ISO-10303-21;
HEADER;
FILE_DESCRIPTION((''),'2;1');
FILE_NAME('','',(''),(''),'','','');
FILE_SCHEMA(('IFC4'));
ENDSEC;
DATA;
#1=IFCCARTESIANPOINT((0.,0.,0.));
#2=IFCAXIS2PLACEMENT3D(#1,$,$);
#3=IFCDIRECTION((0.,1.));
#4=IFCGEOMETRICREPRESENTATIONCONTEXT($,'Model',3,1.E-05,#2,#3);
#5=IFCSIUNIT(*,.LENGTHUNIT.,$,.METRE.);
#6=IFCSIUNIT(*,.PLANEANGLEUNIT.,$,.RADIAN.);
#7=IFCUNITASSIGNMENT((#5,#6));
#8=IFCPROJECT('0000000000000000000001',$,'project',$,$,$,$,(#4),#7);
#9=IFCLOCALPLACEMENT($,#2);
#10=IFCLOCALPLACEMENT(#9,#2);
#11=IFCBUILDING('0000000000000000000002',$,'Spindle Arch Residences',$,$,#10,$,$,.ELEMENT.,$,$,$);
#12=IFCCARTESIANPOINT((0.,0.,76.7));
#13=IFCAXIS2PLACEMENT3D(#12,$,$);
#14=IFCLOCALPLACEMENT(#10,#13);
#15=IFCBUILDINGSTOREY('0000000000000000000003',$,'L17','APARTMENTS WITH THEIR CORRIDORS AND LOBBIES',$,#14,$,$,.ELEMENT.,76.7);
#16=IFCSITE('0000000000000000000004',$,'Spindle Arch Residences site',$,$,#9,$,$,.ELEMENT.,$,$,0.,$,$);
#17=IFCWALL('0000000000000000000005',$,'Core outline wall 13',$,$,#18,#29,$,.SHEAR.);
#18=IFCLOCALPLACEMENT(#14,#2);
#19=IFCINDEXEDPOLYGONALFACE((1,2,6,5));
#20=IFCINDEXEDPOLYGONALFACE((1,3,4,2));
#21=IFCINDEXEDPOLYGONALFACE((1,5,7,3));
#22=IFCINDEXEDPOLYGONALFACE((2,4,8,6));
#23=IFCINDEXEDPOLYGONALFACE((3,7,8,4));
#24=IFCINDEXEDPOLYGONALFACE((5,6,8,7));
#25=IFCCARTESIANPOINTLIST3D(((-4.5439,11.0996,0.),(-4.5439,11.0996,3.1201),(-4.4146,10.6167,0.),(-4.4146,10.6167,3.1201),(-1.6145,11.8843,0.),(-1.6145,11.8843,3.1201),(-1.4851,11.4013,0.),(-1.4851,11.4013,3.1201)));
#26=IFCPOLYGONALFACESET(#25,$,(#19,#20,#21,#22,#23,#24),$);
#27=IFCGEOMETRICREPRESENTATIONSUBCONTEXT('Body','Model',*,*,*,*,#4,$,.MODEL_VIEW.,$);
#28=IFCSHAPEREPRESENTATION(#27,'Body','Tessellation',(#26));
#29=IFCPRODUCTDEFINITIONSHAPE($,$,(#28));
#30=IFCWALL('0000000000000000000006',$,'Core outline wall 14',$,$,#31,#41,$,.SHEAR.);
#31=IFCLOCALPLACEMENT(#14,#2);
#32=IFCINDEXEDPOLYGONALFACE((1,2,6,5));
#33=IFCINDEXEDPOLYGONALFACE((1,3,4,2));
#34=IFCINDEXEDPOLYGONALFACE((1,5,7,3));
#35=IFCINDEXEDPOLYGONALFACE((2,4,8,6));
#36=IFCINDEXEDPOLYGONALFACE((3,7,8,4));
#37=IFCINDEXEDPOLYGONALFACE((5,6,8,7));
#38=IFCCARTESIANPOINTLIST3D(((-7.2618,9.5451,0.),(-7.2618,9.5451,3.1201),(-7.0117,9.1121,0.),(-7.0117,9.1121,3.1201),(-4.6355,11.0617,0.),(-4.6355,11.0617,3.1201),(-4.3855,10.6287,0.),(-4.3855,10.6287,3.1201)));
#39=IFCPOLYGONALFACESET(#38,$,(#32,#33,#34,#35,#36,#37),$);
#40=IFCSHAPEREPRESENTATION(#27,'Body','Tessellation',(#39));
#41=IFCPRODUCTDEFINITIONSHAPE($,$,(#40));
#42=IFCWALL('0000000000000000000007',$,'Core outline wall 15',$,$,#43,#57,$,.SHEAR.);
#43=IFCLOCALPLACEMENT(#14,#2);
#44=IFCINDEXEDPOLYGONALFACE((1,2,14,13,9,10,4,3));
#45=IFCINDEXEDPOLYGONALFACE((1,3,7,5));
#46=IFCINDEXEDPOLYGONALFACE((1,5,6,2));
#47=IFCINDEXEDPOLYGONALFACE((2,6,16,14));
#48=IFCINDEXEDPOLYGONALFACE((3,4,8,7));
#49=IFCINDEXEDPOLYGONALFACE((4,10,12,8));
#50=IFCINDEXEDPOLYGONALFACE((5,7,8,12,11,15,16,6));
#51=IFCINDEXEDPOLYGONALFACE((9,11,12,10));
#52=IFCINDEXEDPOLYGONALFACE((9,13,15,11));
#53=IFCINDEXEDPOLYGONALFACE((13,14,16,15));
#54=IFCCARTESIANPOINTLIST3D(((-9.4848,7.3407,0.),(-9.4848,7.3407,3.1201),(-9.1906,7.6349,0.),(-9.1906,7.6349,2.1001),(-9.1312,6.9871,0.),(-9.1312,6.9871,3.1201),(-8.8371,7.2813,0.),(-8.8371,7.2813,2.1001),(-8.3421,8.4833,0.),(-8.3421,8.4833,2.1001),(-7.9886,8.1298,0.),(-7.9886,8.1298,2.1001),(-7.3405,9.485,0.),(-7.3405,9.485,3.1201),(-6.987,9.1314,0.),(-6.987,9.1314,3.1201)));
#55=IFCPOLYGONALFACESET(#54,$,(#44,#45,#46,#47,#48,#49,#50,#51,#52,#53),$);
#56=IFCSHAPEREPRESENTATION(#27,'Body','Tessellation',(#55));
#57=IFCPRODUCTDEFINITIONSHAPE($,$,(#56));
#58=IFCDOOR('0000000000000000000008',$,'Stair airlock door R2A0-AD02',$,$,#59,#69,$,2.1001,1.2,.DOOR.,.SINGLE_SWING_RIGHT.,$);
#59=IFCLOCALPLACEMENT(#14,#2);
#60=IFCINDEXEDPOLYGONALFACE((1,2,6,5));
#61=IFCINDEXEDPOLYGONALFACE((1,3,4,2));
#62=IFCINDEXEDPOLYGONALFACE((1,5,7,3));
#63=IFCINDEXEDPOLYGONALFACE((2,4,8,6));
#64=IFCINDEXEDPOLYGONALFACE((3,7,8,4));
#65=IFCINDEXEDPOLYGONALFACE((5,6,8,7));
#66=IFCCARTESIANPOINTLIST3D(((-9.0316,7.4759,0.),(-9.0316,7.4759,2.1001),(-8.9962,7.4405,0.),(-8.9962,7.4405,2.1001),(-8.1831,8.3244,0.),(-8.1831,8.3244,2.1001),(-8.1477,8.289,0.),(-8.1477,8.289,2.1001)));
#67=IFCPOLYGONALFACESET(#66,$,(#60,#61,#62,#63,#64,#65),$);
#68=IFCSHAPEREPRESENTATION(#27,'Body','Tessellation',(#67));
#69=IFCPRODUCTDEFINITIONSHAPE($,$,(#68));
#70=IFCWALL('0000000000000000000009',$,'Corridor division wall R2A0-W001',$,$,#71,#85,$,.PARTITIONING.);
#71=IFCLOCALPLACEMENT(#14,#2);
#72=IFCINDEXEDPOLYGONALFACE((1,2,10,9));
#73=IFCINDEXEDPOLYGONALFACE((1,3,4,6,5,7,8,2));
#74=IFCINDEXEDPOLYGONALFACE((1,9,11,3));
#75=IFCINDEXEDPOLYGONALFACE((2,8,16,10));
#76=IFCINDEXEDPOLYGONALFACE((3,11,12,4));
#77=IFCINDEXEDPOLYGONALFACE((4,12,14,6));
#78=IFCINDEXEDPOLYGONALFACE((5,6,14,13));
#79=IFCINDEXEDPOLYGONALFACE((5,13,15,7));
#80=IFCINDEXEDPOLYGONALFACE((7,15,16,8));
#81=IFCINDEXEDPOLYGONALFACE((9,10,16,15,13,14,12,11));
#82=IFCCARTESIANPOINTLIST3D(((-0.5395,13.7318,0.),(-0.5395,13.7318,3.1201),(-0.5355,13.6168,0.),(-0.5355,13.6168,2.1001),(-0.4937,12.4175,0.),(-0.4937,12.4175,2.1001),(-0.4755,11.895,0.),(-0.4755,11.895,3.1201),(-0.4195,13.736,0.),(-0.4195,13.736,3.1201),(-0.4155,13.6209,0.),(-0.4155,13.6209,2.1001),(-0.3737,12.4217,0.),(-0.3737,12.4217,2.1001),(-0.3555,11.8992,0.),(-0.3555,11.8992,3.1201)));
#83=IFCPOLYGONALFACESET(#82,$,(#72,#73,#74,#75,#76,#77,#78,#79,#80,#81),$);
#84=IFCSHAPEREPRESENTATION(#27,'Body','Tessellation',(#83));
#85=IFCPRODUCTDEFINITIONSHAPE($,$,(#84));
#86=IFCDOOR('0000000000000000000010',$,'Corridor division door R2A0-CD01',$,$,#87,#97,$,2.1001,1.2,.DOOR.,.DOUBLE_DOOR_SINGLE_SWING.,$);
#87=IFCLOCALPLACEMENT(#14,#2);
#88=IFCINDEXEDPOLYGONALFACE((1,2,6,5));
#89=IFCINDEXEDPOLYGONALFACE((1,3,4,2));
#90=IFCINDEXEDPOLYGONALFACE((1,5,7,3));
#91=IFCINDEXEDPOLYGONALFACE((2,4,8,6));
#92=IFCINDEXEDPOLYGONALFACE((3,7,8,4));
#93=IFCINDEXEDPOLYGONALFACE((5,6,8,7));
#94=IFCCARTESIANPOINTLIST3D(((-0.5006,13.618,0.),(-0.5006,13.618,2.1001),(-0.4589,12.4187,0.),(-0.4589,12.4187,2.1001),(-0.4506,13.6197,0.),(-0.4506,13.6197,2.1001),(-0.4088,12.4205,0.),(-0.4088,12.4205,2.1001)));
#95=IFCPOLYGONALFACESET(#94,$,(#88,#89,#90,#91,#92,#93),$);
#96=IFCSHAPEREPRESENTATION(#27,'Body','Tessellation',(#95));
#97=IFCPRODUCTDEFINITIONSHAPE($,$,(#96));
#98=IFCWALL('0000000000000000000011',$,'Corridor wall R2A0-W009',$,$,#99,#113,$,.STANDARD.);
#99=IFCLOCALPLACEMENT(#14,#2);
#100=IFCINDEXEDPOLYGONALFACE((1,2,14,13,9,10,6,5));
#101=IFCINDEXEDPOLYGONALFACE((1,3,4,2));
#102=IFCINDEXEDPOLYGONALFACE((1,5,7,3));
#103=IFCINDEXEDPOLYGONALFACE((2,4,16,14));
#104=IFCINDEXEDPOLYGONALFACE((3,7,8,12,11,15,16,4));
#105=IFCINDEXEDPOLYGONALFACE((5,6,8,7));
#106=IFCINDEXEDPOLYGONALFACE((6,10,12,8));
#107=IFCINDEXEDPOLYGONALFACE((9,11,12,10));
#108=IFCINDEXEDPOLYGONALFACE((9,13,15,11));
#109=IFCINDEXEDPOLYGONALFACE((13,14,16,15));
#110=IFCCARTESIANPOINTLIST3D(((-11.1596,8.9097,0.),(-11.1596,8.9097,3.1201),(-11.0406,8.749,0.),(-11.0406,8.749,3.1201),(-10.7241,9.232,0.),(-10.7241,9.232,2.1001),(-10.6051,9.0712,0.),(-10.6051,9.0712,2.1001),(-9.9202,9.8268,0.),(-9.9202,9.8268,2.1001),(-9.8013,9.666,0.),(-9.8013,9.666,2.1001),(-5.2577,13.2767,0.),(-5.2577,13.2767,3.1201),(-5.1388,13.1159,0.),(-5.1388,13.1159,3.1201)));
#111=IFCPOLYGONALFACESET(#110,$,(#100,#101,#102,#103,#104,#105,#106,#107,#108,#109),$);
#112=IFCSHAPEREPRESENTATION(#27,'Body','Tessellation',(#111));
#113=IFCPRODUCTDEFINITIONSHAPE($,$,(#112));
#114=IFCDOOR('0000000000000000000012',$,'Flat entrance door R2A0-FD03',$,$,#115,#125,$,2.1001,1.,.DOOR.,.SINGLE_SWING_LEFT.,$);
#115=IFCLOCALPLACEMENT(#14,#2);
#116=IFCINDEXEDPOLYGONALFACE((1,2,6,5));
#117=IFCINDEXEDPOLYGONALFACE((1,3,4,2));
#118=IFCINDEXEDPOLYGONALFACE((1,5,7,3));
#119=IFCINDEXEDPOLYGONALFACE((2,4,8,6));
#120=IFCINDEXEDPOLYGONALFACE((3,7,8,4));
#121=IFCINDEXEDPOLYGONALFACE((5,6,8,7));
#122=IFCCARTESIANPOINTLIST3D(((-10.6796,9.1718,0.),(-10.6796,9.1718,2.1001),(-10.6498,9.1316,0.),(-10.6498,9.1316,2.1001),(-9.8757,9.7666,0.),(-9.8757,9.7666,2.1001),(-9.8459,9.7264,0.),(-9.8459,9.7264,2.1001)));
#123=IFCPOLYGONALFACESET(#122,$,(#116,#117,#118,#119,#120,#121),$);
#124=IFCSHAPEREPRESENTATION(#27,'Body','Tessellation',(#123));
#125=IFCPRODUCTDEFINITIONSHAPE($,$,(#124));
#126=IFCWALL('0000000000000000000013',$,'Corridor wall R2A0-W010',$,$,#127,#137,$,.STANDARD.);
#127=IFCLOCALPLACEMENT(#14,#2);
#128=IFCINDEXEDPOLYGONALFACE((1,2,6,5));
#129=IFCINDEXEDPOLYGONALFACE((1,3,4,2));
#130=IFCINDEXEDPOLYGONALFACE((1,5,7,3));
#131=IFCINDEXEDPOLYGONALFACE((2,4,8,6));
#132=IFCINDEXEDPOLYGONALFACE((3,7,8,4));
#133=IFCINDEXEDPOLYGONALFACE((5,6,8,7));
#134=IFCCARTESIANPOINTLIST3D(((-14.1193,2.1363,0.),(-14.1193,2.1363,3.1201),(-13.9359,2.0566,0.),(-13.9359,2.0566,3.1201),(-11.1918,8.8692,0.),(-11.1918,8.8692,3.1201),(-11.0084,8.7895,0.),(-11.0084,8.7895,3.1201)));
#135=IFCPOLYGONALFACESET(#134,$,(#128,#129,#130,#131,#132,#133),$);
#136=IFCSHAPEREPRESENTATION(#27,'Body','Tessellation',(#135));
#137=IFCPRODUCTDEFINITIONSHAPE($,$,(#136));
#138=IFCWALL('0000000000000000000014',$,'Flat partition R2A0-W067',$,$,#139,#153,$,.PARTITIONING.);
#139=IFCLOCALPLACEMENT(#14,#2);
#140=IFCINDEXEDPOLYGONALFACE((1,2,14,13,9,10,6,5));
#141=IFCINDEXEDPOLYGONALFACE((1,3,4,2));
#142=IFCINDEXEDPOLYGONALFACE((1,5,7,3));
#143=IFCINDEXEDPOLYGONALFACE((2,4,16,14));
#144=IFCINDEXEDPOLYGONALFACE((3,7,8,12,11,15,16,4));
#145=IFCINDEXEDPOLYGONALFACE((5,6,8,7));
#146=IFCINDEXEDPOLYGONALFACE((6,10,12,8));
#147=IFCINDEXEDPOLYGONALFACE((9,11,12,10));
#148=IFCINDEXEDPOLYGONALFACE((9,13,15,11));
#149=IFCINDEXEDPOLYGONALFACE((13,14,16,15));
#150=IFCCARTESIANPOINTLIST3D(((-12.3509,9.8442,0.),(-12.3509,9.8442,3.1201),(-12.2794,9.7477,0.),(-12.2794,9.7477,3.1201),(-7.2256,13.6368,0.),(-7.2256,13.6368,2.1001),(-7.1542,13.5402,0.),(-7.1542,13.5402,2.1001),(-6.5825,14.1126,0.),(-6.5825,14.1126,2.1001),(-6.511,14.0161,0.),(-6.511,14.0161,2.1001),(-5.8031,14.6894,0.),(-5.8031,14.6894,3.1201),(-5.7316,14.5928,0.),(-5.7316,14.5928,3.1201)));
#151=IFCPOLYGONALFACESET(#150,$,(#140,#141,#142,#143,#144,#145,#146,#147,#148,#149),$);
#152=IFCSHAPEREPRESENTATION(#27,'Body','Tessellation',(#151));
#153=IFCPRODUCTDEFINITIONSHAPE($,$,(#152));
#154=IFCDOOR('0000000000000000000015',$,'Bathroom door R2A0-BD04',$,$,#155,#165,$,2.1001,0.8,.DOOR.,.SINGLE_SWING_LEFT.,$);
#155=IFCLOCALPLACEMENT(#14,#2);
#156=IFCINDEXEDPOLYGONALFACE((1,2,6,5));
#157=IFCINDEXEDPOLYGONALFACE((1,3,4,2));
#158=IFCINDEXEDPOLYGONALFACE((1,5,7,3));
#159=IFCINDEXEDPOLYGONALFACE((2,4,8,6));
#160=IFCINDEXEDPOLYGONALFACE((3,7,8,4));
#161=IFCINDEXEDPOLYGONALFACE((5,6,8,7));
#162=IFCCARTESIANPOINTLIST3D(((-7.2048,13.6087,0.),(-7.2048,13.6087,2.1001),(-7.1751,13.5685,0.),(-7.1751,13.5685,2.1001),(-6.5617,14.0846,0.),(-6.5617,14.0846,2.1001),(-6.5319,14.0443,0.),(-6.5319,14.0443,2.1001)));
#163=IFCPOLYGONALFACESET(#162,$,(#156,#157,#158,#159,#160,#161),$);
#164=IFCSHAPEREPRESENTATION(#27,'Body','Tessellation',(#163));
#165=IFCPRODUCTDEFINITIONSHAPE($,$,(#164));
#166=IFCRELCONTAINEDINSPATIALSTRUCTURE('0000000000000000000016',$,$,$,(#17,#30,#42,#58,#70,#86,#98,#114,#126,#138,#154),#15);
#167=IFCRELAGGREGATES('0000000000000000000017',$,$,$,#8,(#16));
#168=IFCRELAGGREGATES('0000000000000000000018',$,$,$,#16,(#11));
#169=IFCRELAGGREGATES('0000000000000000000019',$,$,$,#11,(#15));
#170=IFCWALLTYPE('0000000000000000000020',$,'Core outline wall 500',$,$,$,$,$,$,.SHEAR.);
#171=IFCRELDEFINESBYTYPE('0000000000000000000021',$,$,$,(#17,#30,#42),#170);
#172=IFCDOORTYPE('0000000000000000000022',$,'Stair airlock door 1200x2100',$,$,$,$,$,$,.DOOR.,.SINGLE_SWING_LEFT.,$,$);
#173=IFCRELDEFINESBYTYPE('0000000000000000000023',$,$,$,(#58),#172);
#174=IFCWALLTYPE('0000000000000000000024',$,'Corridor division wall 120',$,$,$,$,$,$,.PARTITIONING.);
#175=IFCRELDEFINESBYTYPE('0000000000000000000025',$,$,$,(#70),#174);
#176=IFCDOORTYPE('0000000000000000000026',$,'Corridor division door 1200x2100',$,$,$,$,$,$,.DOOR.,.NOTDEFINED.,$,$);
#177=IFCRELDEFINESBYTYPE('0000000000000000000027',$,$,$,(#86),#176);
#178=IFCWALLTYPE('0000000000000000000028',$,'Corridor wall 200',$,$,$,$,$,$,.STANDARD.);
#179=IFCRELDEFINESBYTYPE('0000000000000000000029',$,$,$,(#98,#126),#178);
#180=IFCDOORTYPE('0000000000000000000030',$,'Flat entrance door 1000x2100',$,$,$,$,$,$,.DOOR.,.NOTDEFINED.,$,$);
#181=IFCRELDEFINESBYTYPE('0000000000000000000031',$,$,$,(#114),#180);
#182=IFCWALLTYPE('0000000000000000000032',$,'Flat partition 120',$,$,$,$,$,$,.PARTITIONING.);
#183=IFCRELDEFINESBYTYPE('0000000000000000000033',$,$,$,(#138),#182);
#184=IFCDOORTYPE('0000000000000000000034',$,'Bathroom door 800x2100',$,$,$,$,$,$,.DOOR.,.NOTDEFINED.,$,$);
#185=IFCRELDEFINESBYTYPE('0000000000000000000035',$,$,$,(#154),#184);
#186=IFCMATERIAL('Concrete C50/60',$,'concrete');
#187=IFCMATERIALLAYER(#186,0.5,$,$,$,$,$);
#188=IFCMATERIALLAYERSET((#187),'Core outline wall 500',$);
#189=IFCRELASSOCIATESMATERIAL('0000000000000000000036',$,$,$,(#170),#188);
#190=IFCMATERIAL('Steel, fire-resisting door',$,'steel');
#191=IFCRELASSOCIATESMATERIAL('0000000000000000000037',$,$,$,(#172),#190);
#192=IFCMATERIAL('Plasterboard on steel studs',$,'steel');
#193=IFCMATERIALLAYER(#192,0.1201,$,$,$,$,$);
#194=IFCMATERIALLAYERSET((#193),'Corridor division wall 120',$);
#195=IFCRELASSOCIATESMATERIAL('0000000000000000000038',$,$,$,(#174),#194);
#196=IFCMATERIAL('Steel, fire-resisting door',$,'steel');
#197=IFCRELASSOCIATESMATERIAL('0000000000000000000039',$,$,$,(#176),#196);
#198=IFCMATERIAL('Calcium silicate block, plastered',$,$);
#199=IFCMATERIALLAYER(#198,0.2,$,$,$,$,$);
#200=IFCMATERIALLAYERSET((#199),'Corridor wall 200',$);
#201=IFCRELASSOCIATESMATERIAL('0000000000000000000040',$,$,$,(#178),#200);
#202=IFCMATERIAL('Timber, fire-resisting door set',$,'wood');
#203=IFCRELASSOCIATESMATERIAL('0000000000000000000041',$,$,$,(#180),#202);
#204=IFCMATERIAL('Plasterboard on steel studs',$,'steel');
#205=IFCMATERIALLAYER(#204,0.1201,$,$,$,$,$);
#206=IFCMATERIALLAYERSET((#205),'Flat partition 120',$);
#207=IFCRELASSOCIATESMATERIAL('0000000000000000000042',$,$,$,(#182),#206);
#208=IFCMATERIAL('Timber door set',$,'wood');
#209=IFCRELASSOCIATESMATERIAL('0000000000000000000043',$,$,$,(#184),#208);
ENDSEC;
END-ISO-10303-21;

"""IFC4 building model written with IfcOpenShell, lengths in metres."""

from ifc_helpers import new_model, si_unit, direction, frame, frame_2d, origin, place, context, subcontext, project, spatial, rectangle, extrude, material, layer, layer_set, type_object, element, fill, save


model = new_model("IFC4")

# Units and contexts
model_context = context("Model", 3, precision=1e-05, world=origin(), true_north=direction((0.0, 1.0)))
body_context = subcontext(model_context, "Body", "Model", "MODEL_VIEW")
ifc_project = project(units=[si_unit("LENGTHUNIT", "METRE"), si_unit("PLANEANGLEUNIT", "RADIAN")], contexts=[model_context])

# Site, building, storey
site_placement = place(None, origin())
site = spatial("IfcSite", under=ifc_project, at=site_placement, Name="Spindle Arch Residences site", CompositionType="ELEMENT", RefElevation=0.0)
building_placement = place(site_placement, origin())
building = spatial("IfcBuilding", under=site, at=building_placement, Name="Spindle Arch Residences", CompositionType="ELEMENT")
storey_placement = place(building_placement, frame((0.0, 0.0, 76.7)))
storey = spatial("IfcBuildingStorey", under=building, at=storey_placement, Name="L17", Description="APARTMENTS WITH THEIR CORRIDORS AND LOBBIES", CompositionType="ELEMENT", Elevation=76.7)

# Walls
ifc_material_1 = material(Name="Concrete C50/60", Category="concrete")
ifc_layer_1 = layer(ifc_material_1, 0.5)
ifc_layer_set_1 = layer_set([ifc_layer_1], Name="Core outline wall 500")
wall_type_1 = type_object("IfcWallType", Name="Core outline wall 500", PredefinedType="SHEAR", material=ifc_layer_set_1)
for number, where, z_axis, x_axis, name in (
    (1, (-1.5498, 11.6428, 0.0), (0.0, 0.0, 1.0), (-0.965948, -0.258735, 0.0), "Core outline wall 13"),
    (2, (-4.5105, 10.8452, 0.0), (0.0, 0.0, 1.0), (-0.865975, -0.500087, 0.0), "Core outline wall 14"),
):
    element("IfcWall", number, at=place(storey_placement, frame(where, z_axis=z_axis, x_axis=x_axis)), inside=storey, type_object=wall_type_1, Name=name, PredefinedType="SHEAR", context=body_context, shape_type="SweptSolid", body=[
        extrude(rectangle(XDim=3.0327, YDim=0.5, at=frame_2d((1.5164, 0.0))), origin(), (0.0, 0.0, 1.0), 3.1201),
    ])

# Walls, openings, doors
wall_1_placement = place(storey_placement, frame((-7.1638, 9.3081, 0.0), z_axis=(0.0, 0.0, 1.0), x_axis=(-0.707107, -0.707107, 0.0)))
wall_1 = element("IfcWall", 3, at=wall_1_placement, inside=storey, type_object=wall_type_1, Name="Core outline wall 15", PredefinedType="SHEAR", context=body_context, shape_type="SweptSolid", body=[
    extrude(rectangle(XDim=3.0325, YDim=0.5, at=frame_2d((1.5161, 0.0))), origin(), (0.0, 0.0, 1.0), 3.1201),
])
opening_1_placement = place(wall_1_placement, frame((1.4163, 0.0, 0.0)))
opening_1 = element("IfcOpeningElement", 4, at=opening_1_placement, cuts=wall_1, PredefinedType="OPENING", context=body_context, shape_type="SweptSolid", body=[
    extrude(rectangle(XDim=1.2, YDim=2.1001, at=frame_2d((0.6001, 1.05))), frame((0.0, 0.26, 0.0), z_axis=(0.0, -1.0, 0.0), x_axis=(1.0, 0.0, 0.0)), (0.0, 0.0, 1.0), 0.52),
])
ifc_material_2 = material(Name="Steel, fire-resisting door", Category="steel")
door_type_1 = type_object("IfcDoorType", Name="Stair airlock door 1200x2100", OperationType="SINGLE_SWING_LEFT", PredefinedType="DOOR", material=ifc_material_2)
door_1_placement = place(opening_1_placement, origin())
door_1 = element("IfcDoor", 5, at=door_1_placement, inside=storey, type_object=door_type_1, Name="Stair airlock door R2A0-AD02", OperationType="SINGLE_SWING_RIGHT", OverallHeight=2.1001, OverallWidth=1.2, PredefinedType="DOOR", context=body_context, shape_type="SweptSolid", body=[
    extrude(rectangle(XDim=1.2, YDim=2.1001, at=frame_2d((0.6001, 1.05))), frame((0.0, 0.0249, 0.0), z_axis=(0.0, -1.0, 0.0), x_axis=(1.0, 0.0, 0.0)), (0.0, 0.0, 1.0), 0.05),
])
fill(opening_1, door_1)
ifc_material_3 = material(Name="Plasterboard on steel studs", Category="steel")
ifc_layer_2 = layer(ifc_material_3, 0.1201)
ifc_layer_set_2 = layer_set([ifc_layer_2], Name="Corridor division wall 120")
wall_type_2 = type_object("IfcWallType", Name="Corridor division wall 120", PredefinedType="PARTITIONING", material=ifc_layer_set_2)
wall_2_placement = place(storey_placement, frame((-0.4795, 13.7339, 0.0), z_axis=(0.0, 0.0, 1.0), x_axis=(0.034805, -0.999394, 0.0)))
wall_2 = element("IfcWall", 6, at=wall_2_placement, inside=storey, type_object=wall_type_2, Name="Corridor division wall R2A0-W001", PredefinedType="PARTITIONING", context=body_context, shape_type="SweptSolid", body=[
    extrude(rectangle(XDim=1.8379, YDim=0.1201, at=frame_2d((0.9189, 0.0))), origin(), (0.0, 0.0, 1.0), 3.1201),
])
opening_2_placement = place(wall_2_placement, frame((0.115, 0.0, 0.0)))
opening_2 = element("IfcOpeningElement", 7, at=opening_2_placement, cuts=wall_2, PredefinedType="OPENING", context=body_context, shape_type="SweptSolid", body=[
    extrude(rectangle(XDim=1.2, YDim=2.1001, at=frame_2d((0.6001, 1.05))), frame((0.0, 0.0701, 0.0), z_axis=(0.0, -1.0, 0.0), x_axis=(1.0, 0.0, 0.0)), (0.0, 0.0, 1.0), 0.1401),
])
ifc_material_4 = material(Name="Steel, fire-resisting door", Category="steel")
door_type_2 = type_object("IfcDoorType", Name="Corridor division door 1200x2100", OperationType="NOTDEFINED", PredefinedType="DOOR", material=ifc_material_4)
door_2_placement = place(opening_2_placement, origin())
door_2 = element("IfcDoor", 8, at=door_2_placement, inside=storey, type_object=door_type_2, Name="Corridor division door R2A0-CD01", OperationType="DOUBLE_DOOR_SINGLE_SWING", OverallHeight=2.1001, OverallWidth=1.2, PredefinedType="DOOR", context=body_context, shape_type="SweptSolid", body=[
    extrude(rectangle(XDim=1.2, YDim=2.1001, at=frame_2d((0.6001, 1.05))), frame((0.0, 0.0249, 0.0), z_axis=(0.0, -1.0, 0.0), x_axis=(1.0, 0.0, 0.0)), (0.0, 0.0, 1.0), 0.05),
])
fill(opening_2, door_2)
ifc_material_5 = material(Name="Calcium silicate block, plastered")
ifc_layer_3 = layer(ifc_material_5, 0.2)
ifc_layer_set_3 = layer_set([ifc_layer_3], Name="Corridor wall 200")
wall_type_3 = type_object("IfcWallType", Name="Corridor wall 200", PredefinedType="STANDARD", material=ifc_layer_set_3)
wall_3_placement = place(storey_placement, frame((-5.1982, 13.1963, 0.0), z_axis=(0.0, 0.0, 1.0), x_axis=(-0.80387, -0.594805, 0.0)))
wall_3 = element("IfcWall", 9, at=wall_3_placement, inside=storey, type_object=wall_type_3, Name="Corridor wall R2A0-W009", PredefinedType="STANDARD", context=body_context, shape_type="SweptSolid", body=[
    extrude(rectangle(XDim=7.3418, YDim=0.2, at=frame_2d((3.6709, 0.0))), origin(), (0.0, 0.0, 1.0), 3.1201),
])
opening_3_placement = place(wall_3_placement, frame((5.8, 0.0, 0.0)))
opening_3 = element("IfcOpeningElement", 10, at=opening_3_placement, cuts=wall_3, PredefinedType="OPENING", context=body_context, shape_type="SweptSolid", body=[
    extrude(rectangle(XDim=1.0, YDim=2.1001, at=frame_2d((0.5, 1.05))), frame((0.0, 0.1099, 0.0), z_axis=(0.0, -1.0, 0.0), x_axis=(1.0, 0.0, 0.0)), (0.0, 0.0, 1.0), 0.22),
])
ifc_material_6 = material(Name="Timber, fire-resisting door set", Category="wood")
door_type_3 = type_object("IfcDoorType", Name="Flat entrance door 1000x2100", OperationType="NOTDEFINED", PredefinedType="DOOR", material=ifc_material_6)
door_3_placement = place(opening_3_placement, origin())
door_3 = element("IfcDoor", 11, at=door_3_placement, inside=storey, type_object=door_type_3, Name="Flat entrance door R2A0-FD03", OperationType="SINGLE_SWING_LEFT", OverallHeight=2.1001, OverallWidth=1.0, PredefinedType="DOOR", context=body_context, shape_type="SweptSolid", body=[
    extrude(rectangle(XDim=1.0, YDim=2.1001, at=frame_2d((0.5, 1.05))), frame((0.0, 0.0249, 0.0), z_axis=(0.0, -1.0, 0.0), x_axis=(1.0, 0.0, 0.0)), (0.0, 0.0, 1.0), 0.05),
])
fill(opening_3, door_3)

# Wall
wall_4_placement = place(storey_placement, frame((-11.1001, 8.8293, 0.0), z_axis=(0.0, 0.0, 1.0), x_axis=(-0.398742, -0.917063, 0.0)))
element("IfcWall", 12, at=wall_4_placement, inside=storey, type_object=wall_type_3, Name="Corridor wall R2A0-W010", PredefinedType="STANDARD", context=body_context, shape_type="SweptSolid", body=[
    extrude(rectangle(XDim=7.3418, YDim=0.2, at=frame_2d((3.6709, 0.0))), origin(), (0.0, 0.0, 1.0), 3.1201),
])

# Wall, opening, door
ifc_material_7 = material(Name="Plasterboard on steel studs", Category="steel")
ifc_layer_4 = layer(ifc_material_7, 0.1201)
ifc_layer_set_4 = layer_set([ifc_layer_4], Name="Flat partition 120")
wall_type_4 = type_object("IfcWallType", Name="Flat partition 120", PredefinedType="PARTITIONING", material=ifc_layer_set_4)
wall_5_placement = place(storey_placement, frame((-5.7673, 14.6411, 0.0), z_axis=(0.0, 0.0, 1.0), x_axis=(-0.803853, -0.594828, 0.0)))
wall_5 = element("IfcWall", 13, at=wall_5_placement, inside=storey, type_object=wall_type_4, Name="Flat partition R2A0-W067", PredefinedType="PARTITIONING", context=body_context, shape_type="SweptSolid", body=[
    extrude(rectangle(XDim=8.1455, YDim=0.1201, at=frame_2d((4.0728, 0.0))), origin(), (0.0, 0.0, 1.0), 3.1201),
])
opening_4_placement = place(wall_5_placement, frame((0.9697, 0.0, 0.0)))
opening_4 = element("IfcOpeningElement", 14, at=opening_4_placement, cuts=wall_5, PredefinedType="OPENING", context=body_context, shape_type="SweptSolid", body=[
    extrude(rectangle(XDim=0.8, YDim=2.1001, at=frame_2d((0.3999, 1.05))), frame((0.0, 0.0701, 0.0), z_axis=(0.0, -1.0, 0.0), x_axis=(1.0, 0.0, 0.0)), (0.0, 0.0, 1.0), 0.1401),
])
ifc_material_8 = material(Name="Timber door set", Category="wood")
door_type_4 = type_object("IfcDoorType", Name="Bathroom door 800x2100", OperationType="NOTDEFINED", PredefinedType="DOOR", material=ifc_material_8)
door_4_placement = place(opening_4_placement, origin())
door_4 = element("IfcDoor", 15, at=door_4_placement, inside=storey, type_object=door_type_4, Name="Bathroom door R2A0-BD04", OperationType="SINGLE_SWING_LEFT", OverallHeight=2.1001, OverallWidth=0.8, PredefinedType="DOOR", context=body_context, shape_type="SweptSolid", body=[
    extrude(rectangle(XDim=0.8, YDim=2.1001, at=frame_2d((0.3999, 1.05))), frame((0.0, 0.0249, 0.0), z_axis=(0.0, -1.0, 0.0), x_axis=(1.0, 0.0, 0.0)), (0.0, 0.0, 1.0), 0.05),
])
fill(opening_4, door_4)

save(model, "model.ifc")
